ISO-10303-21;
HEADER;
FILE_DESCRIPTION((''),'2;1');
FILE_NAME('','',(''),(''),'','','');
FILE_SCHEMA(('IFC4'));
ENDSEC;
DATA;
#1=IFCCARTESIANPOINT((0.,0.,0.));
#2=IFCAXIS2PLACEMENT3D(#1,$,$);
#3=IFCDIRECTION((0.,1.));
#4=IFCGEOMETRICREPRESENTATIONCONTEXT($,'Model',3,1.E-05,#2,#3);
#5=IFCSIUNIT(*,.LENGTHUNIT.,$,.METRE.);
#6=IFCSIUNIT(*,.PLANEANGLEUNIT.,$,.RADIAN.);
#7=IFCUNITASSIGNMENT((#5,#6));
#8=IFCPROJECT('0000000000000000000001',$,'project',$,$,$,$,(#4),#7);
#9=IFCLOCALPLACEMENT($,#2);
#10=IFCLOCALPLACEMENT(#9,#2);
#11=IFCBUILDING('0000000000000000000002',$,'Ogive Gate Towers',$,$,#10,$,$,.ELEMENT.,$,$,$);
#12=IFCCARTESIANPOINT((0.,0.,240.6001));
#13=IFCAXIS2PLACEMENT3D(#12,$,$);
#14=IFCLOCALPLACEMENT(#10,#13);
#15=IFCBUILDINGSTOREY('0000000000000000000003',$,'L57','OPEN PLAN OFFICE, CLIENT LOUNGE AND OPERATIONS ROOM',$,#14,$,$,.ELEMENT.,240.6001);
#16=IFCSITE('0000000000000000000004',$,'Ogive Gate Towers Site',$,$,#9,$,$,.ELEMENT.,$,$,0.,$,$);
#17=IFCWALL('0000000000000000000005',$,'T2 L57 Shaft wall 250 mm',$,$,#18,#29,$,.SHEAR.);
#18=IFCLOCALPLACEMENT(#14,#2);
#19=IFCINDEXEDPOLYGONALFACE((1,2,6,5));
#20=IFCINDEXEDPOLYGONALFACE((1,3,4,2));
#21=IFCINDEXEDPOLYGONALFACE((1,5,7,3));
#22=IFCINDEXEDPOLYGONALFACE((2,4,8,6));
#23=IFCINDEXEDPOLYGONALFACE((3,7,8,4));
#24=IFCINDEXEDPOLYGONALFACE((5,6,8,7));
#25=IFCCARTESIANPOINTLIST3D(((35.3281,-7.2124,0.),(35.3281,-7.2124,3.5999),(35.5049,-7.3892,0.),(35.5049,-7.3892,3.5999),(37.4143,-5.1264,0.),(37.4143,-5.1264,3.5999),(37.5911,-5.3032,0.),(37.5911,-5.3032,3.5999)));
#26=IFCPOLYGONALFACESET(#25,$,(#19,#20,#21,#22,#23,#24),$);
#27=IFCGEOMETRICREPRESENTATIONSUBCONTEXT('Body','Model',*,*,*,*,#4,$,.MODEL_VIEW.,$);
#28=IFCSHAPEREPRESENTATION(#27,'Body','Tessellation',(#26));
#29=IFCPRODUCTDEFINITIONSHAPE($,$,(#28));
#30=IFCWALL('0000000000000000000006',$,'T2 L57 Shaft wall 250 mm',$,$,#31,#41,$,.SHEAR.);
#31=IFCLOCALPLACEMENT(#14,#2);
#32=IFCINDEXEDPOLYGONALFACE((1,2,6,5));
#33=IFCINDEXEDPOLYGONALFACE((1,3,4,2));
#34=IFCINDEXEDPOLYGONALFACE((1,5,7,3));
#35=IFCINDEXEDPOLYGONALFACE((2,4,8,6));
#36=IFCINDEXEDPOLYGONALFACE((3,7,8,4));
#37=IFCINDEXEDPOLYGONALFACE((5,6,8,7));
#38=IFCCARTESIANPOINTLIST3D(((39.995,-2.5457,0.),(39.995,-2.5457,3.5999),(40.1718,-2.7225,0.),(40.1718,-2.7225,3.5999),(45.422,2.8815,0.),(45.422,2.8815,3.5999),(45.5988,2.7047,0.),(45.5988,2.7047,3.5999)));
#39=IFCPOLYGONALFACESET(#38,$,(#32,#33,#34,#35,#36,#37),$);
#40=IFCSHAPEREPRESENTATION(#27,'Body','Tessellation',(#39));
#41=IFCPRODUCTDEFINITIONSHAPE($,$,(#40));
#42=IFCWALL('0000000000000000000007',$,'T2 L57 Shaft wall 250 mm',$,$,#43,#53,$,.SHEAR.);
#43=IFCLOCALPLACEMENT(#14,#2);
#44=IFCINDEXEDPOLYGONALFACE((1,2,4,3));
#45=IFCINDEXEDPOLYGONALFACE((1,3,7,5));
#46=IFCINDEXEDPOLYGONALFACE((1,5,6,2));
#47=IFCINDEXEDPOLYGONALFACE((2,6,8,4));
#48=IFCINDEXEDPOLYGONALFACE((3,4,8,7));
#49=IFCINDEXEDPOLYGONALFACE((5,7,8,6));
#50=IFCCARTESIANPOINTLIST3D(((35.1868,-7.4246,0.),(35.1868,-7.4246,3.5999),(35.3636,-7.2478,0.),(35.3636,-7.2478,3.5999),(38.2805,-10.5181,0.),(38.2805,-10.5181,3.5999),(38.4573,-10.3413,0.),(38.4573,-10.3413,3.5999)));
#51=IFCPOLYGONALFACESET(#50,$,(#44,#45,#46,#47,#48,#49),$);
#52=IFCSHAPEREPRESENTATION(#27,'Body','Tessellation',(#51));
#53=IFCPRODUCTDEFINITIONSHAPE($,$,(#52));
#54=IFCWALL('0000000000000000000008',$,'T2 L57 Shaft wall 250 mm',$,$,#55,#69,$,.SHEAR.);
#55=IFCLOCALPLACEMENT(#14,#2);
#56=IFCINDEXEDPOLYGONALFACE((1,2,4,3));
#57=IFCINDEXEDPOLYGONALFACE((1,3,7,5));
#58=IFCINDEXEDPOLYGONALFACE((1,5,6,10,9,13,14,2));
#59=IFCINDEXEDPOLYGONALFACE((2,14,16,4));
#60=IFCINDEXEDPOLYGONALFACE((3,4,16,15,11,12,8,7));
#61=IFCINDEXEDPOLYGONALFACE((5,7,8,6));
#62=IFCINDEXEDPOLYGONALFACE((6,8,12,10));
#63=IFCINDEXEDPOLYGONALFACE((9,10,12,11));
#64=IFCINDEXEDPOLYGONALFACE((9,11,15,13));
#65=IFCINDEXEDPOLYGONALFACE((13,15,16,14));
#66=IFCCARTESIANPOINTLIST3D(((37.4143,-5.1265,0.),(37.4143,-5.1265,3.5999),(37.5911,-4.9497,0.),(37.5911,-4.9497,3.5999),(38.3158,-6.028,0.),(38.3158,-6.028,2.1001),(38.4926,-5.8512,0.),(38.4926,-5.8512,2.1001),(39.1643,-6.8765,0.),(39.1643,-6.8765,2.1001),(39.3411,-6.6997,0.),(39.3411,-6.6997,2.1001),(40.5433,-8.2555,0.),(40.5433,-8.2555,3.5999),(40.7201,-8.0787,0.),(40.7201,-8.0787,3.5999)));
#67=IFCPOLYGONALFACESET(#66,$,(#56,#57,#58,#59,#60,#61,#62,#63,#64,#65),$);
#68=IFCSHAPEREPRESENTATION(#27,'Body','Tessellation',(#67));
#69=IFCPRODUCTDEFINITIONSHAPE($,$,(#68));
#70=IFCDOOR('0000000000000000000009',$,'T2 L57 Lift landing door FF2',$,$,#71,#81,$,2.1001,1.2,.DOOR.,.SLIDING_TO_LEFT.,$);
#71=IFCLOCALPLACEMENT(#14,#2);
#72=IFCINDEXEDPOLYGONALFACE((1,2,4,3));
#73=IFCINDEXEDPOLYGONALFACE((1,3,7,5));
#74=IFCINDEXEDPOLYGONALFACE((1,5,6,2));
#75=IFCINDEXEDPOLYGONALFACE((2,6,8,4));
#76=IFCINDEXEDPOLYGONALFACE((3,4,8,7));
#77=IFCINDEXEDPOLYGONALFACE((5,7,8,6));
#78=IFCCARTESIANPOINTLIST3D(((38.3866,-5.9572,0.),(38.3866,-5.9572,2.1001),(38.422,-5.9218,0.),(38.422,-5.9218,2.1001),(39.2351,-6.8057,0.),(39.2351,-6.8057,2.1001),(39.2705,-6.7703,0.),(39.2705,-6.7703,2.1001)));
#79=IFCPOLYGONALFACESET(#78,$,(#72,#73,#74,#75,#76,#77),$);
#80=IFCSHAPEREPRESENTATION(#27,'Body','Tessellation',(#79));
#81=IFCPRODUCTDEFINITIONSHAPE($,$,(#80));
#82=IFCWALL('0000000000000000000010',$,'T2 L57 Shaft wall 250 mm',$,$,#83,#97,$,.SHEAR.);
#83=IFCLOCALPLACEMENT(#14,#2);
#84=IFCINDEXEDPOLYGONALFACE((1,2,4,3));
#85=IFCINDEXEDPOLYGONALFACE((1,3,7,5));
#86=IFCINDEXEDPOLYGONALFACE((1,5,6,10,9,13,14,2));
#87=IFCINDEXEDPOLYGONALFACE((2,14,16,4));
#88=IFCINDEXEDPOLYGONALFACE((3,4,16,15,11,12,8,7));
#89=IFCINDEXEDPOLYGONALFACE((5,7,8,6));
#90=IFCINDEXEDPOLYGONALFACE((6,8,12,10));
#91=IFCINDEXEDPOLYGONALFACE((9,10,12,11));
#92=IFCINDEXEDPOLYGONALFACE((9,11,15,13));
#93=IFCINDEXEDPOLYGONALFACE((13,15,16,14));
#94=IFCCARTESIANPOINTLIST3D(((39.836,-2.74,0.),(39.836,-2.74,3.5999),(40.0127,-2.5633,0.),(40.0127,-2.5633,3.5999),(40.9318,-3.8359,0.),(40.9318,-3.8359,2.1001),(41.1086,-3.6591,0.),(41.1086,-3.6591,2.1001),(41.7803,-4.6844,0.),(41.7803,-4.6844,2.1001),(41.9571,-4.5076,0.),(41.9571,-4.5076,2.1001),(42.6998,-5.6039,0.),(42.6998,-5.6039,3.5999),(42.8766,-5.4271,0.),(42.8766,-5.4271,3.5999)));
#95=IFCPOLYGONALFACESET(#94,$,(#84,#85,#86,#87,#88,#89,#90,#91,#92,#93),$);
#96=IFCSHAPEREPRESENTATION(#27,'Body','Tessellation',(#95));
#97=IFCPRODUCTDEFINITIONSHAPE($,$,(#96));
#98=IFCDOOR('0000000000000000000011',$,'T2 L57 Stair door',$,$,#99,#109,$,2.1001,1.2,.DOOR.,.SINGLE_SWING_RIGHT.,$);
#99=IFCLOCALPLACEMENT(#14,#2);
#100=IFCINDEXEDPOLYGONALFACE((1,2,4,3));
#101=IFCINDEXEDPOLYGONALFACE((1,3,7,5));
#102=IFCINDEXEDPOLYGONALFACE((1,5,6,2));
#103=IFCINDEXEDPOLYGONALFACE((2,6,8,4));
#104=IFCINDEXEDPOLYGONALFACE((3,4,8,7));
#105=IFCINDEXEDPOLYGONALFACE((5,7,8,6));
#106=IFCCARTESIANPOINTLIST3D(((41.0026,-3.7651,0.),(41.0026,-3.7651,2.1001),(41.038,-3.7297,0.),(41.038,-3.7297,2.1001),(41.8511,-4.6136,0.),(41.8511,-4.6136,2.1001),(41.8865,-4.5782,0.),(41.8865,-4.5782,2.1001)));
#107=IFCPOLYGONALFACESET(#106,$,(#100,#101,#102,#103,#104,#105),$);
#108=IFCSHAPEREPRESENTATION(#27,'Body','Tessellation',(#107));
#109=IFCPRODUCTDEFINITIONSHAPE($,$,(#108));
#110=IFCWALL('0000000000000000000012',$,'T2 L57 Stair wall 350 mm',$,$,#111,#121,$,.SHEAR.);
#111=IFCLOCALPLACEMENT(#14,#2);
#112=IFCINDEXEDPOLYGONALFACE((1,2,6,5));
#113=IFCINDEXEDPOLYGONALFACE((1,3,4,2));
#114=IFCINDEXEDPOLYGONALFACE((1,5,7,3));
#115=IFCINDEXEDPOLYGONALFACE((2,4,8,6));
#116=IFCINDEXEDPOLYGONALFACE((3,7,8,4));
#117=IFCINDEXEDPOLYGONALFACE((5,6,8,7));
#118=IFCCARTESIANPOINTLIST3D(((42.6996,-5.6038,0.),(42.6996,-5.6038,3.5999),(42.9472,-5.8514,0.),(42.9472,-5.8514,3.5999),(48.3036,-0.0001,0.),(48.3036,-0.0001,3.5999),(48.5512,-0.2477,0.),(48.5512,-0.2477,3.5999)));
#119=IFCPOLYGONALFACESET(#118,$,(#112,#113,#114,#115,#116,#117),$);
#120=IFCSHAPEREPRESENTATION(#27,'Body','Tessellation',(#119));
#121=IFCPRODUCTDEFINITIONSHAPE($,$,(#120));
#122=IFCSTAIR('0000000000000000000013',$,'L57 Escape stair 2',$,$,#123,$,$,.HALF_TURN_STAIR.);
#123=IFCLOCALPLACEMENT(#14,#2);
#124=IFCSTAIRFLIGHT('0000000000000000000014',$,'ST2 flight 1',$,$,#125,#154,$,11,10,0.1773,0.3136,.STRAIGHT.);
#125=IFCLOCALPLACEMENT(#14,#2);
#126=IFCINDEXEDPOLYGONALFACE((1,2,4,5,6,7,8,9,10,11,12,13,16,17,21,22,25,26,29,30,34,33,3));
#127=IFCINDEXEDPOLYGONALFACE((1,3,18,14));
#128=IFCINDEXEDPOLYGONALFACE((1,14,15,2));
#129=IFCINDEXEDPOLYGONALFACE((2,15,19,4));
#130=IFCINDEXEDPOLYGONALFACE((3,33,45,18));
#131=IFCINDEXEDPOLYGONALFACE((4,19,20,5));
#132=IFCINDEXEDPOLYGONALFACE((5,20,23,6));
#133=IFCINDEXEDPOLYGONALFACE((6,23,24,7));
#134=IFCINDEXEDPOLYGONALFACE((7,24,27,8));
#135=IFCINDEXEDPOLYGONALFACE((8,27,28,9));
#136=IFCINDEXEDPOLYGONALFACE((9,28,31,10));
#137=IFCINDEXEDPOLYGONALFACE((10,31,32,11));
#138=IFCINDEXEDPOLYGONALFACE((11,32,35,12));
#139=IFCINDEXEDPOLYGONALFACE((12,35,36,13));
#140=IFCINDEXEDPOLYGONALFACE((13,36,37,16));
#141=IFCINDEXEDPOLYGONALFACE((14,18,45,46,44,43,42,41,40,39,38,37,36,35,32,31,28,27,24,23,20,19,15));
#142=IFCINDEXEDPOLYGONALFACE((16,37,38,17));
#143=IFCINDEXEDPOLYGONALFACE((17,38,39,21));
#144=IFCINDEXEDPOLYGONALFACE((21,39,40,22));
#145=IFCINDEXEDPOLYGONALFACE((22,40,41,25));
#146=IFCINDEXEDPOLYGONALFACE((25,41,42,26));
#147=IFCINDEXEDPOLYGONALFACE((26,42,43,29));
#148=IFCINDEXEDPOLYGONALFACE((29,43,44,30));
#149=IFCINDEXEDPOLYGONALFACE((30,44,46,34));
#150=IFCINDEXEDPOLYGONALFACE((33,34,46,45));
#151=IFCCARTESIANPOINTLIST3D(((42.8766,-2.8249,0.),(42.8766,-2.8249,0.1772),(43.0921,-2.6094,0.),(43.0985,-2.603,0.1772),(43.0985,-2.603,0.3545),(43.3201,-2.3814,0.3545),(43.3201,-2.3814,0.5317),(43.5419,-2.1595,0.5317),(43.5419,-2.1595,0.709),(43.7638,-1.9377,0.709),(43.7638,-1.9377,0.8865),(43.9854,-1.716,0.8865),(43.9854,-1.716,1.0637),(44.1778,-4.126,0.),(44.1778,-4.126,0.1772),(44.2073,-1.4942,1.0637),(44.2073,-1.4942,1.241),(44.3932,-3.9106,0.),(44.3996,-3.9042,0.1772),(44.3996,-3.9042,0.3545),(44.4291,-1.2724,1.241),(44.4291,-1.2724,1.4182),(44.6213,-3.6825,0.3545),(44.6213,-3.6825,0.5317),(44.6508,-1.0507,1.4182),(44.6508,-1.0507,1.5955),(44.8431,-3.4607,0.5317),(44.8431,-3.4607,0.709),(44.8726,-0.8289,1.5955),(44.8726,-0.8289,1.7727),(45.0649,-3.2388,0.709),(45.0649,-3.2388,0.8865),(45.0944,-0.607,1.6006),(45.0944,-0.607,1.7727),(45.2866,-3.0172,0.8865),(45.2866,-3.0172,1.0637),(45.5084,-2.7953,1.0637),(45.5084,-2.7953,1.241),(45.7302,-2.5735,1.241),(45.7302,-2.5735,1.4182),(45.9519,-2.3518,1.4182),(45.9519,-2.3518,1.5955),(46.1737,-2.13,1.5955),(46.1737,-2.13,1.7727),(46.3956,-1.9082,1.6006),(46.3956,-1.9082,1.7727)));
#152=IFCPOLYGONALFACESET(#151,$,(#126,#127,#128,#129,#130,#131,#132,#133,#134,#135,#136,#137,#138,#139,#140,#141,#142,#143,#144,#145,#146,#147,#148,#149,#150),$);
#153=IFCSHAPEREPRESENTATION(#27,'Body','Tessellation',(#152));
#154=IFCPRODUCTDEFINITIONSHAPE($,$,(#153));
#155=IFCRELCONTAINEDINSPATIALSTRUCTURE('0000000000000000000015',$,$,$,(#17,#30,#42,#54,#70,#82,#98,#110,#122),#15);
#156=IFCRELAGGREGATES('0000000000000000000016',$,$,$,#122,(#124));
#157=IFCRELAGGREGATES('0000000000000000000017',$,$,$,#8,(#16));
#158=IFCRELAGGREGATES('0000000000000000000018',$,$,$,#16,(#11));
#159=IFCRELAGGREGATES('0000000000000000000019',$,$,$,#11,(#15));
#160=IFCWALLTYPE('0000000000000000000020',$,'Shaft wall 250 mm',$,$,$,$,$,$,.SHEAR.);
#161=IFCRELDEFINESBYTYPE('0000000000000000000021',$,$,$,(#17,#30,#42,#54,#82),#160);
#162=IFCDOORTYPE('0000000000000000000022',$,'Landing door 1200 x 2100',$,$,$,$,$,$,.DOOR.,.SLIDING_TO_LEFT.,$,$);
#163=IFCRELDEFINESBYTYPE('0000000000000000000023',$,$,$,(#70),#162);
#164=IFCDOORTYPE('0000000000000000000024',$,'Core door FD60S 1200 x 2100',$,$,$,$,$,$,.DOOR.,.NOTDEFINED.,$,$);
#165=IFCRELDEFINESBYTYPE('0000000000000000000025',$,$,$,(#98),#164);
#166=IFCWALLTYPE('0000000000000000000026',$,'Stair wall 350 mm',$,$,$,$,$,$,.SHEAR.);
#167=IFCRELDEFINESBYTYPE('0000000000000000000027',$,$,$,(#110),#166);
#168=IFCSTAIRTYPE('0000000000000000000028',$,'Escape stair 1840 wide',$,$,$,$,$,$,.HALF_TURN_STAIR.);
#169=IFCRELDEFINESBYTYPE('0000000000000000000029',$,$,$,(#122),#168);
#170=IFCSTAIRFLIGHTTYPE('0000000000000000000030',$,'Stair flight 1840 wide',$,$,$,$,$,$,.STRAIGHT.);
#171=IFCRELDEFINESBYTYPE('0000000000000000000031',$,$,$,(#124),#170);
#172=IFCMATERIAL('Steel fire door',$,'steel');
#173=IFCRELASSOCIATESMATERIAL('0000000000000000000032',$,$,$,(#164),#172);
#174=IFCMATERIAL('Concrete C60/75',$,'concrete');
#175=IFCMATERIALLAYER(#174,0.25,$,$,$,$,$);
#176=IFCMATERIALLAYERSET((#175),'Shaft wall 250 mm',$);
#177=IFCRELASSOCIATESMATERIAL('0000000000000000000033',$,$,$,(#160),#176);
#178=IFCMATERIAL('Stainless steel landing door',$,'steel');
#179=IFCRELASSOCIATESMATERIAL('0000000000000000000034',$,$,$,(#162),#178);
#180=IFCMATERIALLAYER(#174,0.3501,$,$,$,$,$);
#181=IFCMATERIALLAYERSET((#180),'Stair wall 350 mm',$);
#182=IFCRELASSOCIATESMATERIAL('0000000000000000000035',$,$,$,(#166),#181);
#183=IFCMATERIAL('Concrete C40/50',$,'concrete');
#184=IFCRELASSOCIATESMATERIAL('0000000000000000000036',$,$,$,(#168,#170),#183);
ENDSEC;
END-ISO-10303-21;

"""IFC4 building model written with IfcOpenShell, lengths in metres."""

from ifc_helpers import new_model, si_unit, direction, frame, frame_2d, origin, place, context, subcontext, project, spatial, polyline, rectangle, outline, extrude, material, layer, layer_set, type_object, element, fill, aggregate, save


model = new_model("IFC4")

# Units and contexts
model_context = context("Model", 3, precision=1e-05, world=origin(), true_north=direction((0.0, 1.0)))
body_context = subcontext(model_context, "Body", "Model", "MODEL_VIEW")
ifc_project = project(units=[si_unit("LENGTHUNIT", "METRE"), si_unit("PLANEANGLEUNIT", "RADIAN")], contexts=[model_context])

# Site, building, storey
site_placement = place(None, origin())
site = spatial("IfcSite", under=ifc_project, at=site_placement, Name="Ogive Gate Towers Site", CompositionType="ELEMENT", RefElevation=0.0)
building_placement = place(site_placement, origin())
building = spatial("IfcBuilding", under=site, at=building_placement, Name="Ogive Gate Towers", CompositionType="ELEMENT")
storey_placement = place(building_placement, frame((0.0, 0.0, 240.6001)))
storey = spatial("IfcBuildingStorey", under=building, at=storey_placement, Name="L57", Description="OPEN PLAN OFFICE, CLIENT LOUNGE AND OPERATIONS ROOM", CompositionType="ELEMENT", Elevation=240.6001)

# Shared definitions
ifc_material_1 = material(Name="Concrete C60/75", Category="concrete")
ifc_material_2 = material(Name="Steel fire door", Category="steel")
door_type_1 = type_object("IfcDoorType", Name="Core door FD60S 1200 x 2100", OperationType="NOTDEFINED", PredefinedType="DOOR", material=ifc_material_2)

# Walls
ifc_layer_1 = layer(ifc_material_1, 0.25)
ifc_layer_set_1 = layer_set([ifc_layer_1], Name="Shaft wall 250 mm")
wall_type_1 = type_object("IfcWallType", Name="Shaft wall 250 mm", PredefinedType="SHEAR", material=ifc_layer_set_1)
wall_1_placement = place(storey_placement, frame((35.4165, -7.3008, 0.0), z_axis=(0.0, 0.0, 1.0), x_axis=(0.707148, 0.707065, 0.0)))
element("IfcWall", 1, at=wall_1_placement, inside=storey, type_object=wall_type_1, Name="T2 L57 Shaft wall 250 mm", PredefinedType="SHEAR", context=body_context, shape_type="SweptSolid", body=[
    extrude(rectangle(XDim=2.9502, YDim=0.25, at=frame_2d((1.4751, 0.0))), origin(), (0.0, 0.0, 1.0), 3.5999),
])
wall_2_placement = place(storey_placement, frame((40.0835, -2.634, 0.0), z_axis=(0.0, 0.0, 1.0), x_axis=(0.707091, 0.707123, 0.0)))
element("IfcWall", 2, at=wall_2_placement, inside=storey, type_object=wall_type_1, Name="T2 L57 Shaft wall 250 mm", PredefinedType="SHEAR", context=body_context, shape_type="SweptSolid", body=[
    extrude(rectangle(XDim=7.675, YDim=0.25, at=frame_2d((3.8374, 0.0))), origin(), (0.0, 0.0, 1.0), 3.5999),
])
wall_3_placement = place(storey_placement, frame((38.3689, -10.4297, 0.0), z_axis=(0.0, 0.0, 1.0), x_axis=(-0.707135, 0.707079, 0.0)))
element("IfcWall", 3, at=wall_3_placement, inside=storey, type_object=wall_type_1, Name="T2 L57 Shaft wall 250 mm", PredefinedType="SHEAR", context=body_context, shape_type="SweptSolid", body=[
    extrude(rectangle(XDim=4.375, YDim=0.25, at=frame_2d((2.1875, 0.0))), origin(), (0.0, 0.0, 1.0), 3.5999),
])

# Walls, openings, doors
wall_4_placement = place(storey_placement, frame((40.6316, -8.167, 0.0), z_axis=(0.0, 0.0, 1.0), x_axis=(-0.707107, 0.707107, 0.0)))
wall_4 = element("IfcWall", 4, at=wall_4_placement, inside=storey, type_object=wall_type_1, Name="T2 L57 Shaft wall 250 mm", PredefinedType="SHEAR", context=body_context, shape_type="SweptSolid", body=[
    extrude(rectangle(XDim=4.425, YDim=0.25, at=frame_2d((2.2124, 0.0))), origin(), (0.0, 0.0, 1.0), 3.5999),
])
opening_1_placement = place(wall_4_placement, frame((1.95, 0.0, 0.0)))
opening_1 = element("IfcOpeningElement", 5, at=opening_1_placement, cuts=wall_4, PredefinedType="OPENING", context=body_context, shape_type="SweptSolid", body=[
    extrude(rectangle(XDim=1.2, YDim=2.1001, at=frame_2d((0.6001, 1.05))), frame((0.0, 0.135, 0.0), z_axis=(0.0, -1.0, 0.0), x_axis=(1.0, 0.0, 0.0)), (0.0, 0.0, 1.0), 0.27),
])
ifc_material_3 = material(Name="Stainless steel landing door", Category="steel")
door_type_2 = type_object("IfcDoorType", Name="Landing door 1200 x 2100", OperationType="SLIDING_TO_LEFT", PredefinedType="DOOR", material=ifc_material_3)
door_1_placement = place(opening_1_placement, origin())
door_1 = element("IfcDoor", 6, at=door_1_placement, inside=storey, type_object=door_type_2, Name="T2 L57 Lift landing door FF2", OperationType="SLIDING_TO_LEFT", OverallHeight=2.1001, OverallWidth=1.2, PredefinedType="DOOR", context=body_context, shape_type="SweptSolid", body=[
    extrude(rectangle(XDim=1.2, YDim=2.1001, at=frame_2d((0.6001, 1.05))), frame((0.0, 0.0249, 0.0), z_axis=(0.0, -1.0, 0.0), x_axis=(1.0, 0.0, 0.0)), (0.0, 0.0, 1.0), 0.05),
])
fill(opening_1, door_1)
wall_5_placement = place(storey_placement, frame((42.7881, -5.5154, 0.0), z_axis=(0.0, 0.0, 1.0), x_axis=(-0.707107, 0.707107, 0.0)))
wall_5 = element("IfcWall", 7, at=wall_5_placement, inside=storey, type_object=wall_type_1, Name="T2 L57 Shaft wall 250 mm", PredefinedType="SHEAR", context=body_context, shape_type="SweptSolid", body=[
    extrude(rectangle(XDim=4.05, YDim=0.25, at=frame_2d((2.0249, 0.0))), origin(), (0.0, 0.0, 1.0), 3.5999),
])
opening_2_placement = place(wall_5_placement, frame((1.3, 0.0, 0.0)))
opening_2 = element("IfcOpeningElement", 8, at=opening_2_placement, cuts=wall_5, PredefinedType="OPENING", context=body_context, shape_type="SweptSolid", body=[
    extrude(rectangle(XDim=1.2, YDim=2.1001, at=frame_2d((0.6001, 1.05))), frame((0.0, 0.135, 0.0), z_axis=(0.0, -1.0, 0.0), x_axis=(1.0, 0.0, 0.0)), (0.0, 0.0, 1.0), 0.27),
])
door_2_placement = place(opening_2_placement, origin())
door_2 = element("IfcDoor", 9, at=door_2_placement, inside=storey, type_object=door_type_1, Name="T2 L57 Stair door", OperationType="SINGLE_SWING_RIGHT", OverallHeight=2.1001, OverallWidth=1.2, PredefinedType="DOOR", context=body_context, shape_type="SweptSolid", body=[
    extrude(rectangle(XDim=1.2, YDim=2.1001, at=frame_2d((0.6001, 1.05))), frame((0.0, 0.0249, 0.0), z_axis=(0.0, -1.0, 0.0), x_axis=(1.0, 0.0, 0.0)), (0.0, 0.0, 1.0), 0.05),
])
fill(opening_2, door_2)

# Wall
ifc_layer_2 = layer(ifc_material_1, 0.3501)
ifc_layer_set_2 = layer_set([ifc_layer_2], Name="Stair wall 350 mm")
wall_type_2 = type_object("IfcWallType", Name="Stair wall 350 mm", PredefinedType="SHEAR", material=ifc_layer_set_2)
wall_6_placement = place(storey_placement, frame((42.8235, -5.7275, 0.0), z_axis=(0.0, 0.0, 1.0), x_axis=(0.707122, 0.707091, 0.0)))
element("IfcWall", 10, at=wall_6_placement, inside=storey, type_object=wall_type_2, Name="T2 L57 Stair wall 350 mm", PredefinedType="SHEAR", context=body_context, shape_type="SweptSolid", body=[
    extrude(rectangle(XDim=7.925, YDim=0.3501, at=frame_2d((3.9624, 0.0))), origin(), (0.0, 0.0, 1.0), 3.5999),
])

# Stair, stair flight
ifc_material_4 = material(Name="Concrete C40/50", Category="concrete")
stair_type = type_object("IfcStairType", Name="Escape stair 1840 wide", PredefinedType="HALF_TURN_STAIR", material=ifc_material_4)
stair_placement = place(storey_placement, origin())
stair = element("IfcStair", 11, at=stair_placement, inside=storey, type_object=stair_type, Name="L57 Escape stair 2", PredefinedType="HALF_TURN_STAIR")
stair_flight_type = type_object("IfcStairFlightType", Name="Stair flight 1840 wide", PredefinedType="STRAIGHT", material=ifc_material_4)
stair_flight_placement = place(storey_placement, frame((43.5271, -3.4753, 0.0), z_axis=(0.0, 0.0, 1.0), x_axis=(0.707107, 0.707107, 0.0)))
stair_flight = element("IfcStairFlight", 12, at=stair_flight_placement, type_object=stair_flight_type, Name="ST2 flight 1", NumberOfRisers=11, NumberOfTreads=10, PredefinedType="STRAIGHT", RiserHeight=0.1773, TreadLength=0.3136, context=body_context, shape_type="SweptSolid", body=[
    extrude(outline(polyline([(0.0, 0.0), (0.0, 0.1772), (0.3137, 0.1772), (0.3137, 0.3545), (0.6272, 0.3545), (0.6272, 0.5317), (0.9409, 0.5317), (0.9409, 0.709), (1.2546, 0.709), (1.2546, 0.8865), (1.5681, 0.8865), (1.5681, 1.0637), (1.8818, 1.0637), (1.8818, 1.241), (2.1956, 1.241), (2.1956, 1.4182), (2.509, 1.4182), (2.509, 1.5955), (2.8228, 1.5955), (2.8228, 1.7727), (3.1365, 1.7727), (3.1365, 1.95), (3.1365, 1.6006), (0.3047, 0.0), (0.0, 0.0)])), frame((0.0, 0.9199, 0.0), z_axis=(0.0, -1.0, 0.0), x_axis=(1.0, 0.0, 0.0)), (0.0, 0.0, 1.0), 1.8401),
])
aggregate(stair, [stair_flight])

save(model, "model.ifc")
